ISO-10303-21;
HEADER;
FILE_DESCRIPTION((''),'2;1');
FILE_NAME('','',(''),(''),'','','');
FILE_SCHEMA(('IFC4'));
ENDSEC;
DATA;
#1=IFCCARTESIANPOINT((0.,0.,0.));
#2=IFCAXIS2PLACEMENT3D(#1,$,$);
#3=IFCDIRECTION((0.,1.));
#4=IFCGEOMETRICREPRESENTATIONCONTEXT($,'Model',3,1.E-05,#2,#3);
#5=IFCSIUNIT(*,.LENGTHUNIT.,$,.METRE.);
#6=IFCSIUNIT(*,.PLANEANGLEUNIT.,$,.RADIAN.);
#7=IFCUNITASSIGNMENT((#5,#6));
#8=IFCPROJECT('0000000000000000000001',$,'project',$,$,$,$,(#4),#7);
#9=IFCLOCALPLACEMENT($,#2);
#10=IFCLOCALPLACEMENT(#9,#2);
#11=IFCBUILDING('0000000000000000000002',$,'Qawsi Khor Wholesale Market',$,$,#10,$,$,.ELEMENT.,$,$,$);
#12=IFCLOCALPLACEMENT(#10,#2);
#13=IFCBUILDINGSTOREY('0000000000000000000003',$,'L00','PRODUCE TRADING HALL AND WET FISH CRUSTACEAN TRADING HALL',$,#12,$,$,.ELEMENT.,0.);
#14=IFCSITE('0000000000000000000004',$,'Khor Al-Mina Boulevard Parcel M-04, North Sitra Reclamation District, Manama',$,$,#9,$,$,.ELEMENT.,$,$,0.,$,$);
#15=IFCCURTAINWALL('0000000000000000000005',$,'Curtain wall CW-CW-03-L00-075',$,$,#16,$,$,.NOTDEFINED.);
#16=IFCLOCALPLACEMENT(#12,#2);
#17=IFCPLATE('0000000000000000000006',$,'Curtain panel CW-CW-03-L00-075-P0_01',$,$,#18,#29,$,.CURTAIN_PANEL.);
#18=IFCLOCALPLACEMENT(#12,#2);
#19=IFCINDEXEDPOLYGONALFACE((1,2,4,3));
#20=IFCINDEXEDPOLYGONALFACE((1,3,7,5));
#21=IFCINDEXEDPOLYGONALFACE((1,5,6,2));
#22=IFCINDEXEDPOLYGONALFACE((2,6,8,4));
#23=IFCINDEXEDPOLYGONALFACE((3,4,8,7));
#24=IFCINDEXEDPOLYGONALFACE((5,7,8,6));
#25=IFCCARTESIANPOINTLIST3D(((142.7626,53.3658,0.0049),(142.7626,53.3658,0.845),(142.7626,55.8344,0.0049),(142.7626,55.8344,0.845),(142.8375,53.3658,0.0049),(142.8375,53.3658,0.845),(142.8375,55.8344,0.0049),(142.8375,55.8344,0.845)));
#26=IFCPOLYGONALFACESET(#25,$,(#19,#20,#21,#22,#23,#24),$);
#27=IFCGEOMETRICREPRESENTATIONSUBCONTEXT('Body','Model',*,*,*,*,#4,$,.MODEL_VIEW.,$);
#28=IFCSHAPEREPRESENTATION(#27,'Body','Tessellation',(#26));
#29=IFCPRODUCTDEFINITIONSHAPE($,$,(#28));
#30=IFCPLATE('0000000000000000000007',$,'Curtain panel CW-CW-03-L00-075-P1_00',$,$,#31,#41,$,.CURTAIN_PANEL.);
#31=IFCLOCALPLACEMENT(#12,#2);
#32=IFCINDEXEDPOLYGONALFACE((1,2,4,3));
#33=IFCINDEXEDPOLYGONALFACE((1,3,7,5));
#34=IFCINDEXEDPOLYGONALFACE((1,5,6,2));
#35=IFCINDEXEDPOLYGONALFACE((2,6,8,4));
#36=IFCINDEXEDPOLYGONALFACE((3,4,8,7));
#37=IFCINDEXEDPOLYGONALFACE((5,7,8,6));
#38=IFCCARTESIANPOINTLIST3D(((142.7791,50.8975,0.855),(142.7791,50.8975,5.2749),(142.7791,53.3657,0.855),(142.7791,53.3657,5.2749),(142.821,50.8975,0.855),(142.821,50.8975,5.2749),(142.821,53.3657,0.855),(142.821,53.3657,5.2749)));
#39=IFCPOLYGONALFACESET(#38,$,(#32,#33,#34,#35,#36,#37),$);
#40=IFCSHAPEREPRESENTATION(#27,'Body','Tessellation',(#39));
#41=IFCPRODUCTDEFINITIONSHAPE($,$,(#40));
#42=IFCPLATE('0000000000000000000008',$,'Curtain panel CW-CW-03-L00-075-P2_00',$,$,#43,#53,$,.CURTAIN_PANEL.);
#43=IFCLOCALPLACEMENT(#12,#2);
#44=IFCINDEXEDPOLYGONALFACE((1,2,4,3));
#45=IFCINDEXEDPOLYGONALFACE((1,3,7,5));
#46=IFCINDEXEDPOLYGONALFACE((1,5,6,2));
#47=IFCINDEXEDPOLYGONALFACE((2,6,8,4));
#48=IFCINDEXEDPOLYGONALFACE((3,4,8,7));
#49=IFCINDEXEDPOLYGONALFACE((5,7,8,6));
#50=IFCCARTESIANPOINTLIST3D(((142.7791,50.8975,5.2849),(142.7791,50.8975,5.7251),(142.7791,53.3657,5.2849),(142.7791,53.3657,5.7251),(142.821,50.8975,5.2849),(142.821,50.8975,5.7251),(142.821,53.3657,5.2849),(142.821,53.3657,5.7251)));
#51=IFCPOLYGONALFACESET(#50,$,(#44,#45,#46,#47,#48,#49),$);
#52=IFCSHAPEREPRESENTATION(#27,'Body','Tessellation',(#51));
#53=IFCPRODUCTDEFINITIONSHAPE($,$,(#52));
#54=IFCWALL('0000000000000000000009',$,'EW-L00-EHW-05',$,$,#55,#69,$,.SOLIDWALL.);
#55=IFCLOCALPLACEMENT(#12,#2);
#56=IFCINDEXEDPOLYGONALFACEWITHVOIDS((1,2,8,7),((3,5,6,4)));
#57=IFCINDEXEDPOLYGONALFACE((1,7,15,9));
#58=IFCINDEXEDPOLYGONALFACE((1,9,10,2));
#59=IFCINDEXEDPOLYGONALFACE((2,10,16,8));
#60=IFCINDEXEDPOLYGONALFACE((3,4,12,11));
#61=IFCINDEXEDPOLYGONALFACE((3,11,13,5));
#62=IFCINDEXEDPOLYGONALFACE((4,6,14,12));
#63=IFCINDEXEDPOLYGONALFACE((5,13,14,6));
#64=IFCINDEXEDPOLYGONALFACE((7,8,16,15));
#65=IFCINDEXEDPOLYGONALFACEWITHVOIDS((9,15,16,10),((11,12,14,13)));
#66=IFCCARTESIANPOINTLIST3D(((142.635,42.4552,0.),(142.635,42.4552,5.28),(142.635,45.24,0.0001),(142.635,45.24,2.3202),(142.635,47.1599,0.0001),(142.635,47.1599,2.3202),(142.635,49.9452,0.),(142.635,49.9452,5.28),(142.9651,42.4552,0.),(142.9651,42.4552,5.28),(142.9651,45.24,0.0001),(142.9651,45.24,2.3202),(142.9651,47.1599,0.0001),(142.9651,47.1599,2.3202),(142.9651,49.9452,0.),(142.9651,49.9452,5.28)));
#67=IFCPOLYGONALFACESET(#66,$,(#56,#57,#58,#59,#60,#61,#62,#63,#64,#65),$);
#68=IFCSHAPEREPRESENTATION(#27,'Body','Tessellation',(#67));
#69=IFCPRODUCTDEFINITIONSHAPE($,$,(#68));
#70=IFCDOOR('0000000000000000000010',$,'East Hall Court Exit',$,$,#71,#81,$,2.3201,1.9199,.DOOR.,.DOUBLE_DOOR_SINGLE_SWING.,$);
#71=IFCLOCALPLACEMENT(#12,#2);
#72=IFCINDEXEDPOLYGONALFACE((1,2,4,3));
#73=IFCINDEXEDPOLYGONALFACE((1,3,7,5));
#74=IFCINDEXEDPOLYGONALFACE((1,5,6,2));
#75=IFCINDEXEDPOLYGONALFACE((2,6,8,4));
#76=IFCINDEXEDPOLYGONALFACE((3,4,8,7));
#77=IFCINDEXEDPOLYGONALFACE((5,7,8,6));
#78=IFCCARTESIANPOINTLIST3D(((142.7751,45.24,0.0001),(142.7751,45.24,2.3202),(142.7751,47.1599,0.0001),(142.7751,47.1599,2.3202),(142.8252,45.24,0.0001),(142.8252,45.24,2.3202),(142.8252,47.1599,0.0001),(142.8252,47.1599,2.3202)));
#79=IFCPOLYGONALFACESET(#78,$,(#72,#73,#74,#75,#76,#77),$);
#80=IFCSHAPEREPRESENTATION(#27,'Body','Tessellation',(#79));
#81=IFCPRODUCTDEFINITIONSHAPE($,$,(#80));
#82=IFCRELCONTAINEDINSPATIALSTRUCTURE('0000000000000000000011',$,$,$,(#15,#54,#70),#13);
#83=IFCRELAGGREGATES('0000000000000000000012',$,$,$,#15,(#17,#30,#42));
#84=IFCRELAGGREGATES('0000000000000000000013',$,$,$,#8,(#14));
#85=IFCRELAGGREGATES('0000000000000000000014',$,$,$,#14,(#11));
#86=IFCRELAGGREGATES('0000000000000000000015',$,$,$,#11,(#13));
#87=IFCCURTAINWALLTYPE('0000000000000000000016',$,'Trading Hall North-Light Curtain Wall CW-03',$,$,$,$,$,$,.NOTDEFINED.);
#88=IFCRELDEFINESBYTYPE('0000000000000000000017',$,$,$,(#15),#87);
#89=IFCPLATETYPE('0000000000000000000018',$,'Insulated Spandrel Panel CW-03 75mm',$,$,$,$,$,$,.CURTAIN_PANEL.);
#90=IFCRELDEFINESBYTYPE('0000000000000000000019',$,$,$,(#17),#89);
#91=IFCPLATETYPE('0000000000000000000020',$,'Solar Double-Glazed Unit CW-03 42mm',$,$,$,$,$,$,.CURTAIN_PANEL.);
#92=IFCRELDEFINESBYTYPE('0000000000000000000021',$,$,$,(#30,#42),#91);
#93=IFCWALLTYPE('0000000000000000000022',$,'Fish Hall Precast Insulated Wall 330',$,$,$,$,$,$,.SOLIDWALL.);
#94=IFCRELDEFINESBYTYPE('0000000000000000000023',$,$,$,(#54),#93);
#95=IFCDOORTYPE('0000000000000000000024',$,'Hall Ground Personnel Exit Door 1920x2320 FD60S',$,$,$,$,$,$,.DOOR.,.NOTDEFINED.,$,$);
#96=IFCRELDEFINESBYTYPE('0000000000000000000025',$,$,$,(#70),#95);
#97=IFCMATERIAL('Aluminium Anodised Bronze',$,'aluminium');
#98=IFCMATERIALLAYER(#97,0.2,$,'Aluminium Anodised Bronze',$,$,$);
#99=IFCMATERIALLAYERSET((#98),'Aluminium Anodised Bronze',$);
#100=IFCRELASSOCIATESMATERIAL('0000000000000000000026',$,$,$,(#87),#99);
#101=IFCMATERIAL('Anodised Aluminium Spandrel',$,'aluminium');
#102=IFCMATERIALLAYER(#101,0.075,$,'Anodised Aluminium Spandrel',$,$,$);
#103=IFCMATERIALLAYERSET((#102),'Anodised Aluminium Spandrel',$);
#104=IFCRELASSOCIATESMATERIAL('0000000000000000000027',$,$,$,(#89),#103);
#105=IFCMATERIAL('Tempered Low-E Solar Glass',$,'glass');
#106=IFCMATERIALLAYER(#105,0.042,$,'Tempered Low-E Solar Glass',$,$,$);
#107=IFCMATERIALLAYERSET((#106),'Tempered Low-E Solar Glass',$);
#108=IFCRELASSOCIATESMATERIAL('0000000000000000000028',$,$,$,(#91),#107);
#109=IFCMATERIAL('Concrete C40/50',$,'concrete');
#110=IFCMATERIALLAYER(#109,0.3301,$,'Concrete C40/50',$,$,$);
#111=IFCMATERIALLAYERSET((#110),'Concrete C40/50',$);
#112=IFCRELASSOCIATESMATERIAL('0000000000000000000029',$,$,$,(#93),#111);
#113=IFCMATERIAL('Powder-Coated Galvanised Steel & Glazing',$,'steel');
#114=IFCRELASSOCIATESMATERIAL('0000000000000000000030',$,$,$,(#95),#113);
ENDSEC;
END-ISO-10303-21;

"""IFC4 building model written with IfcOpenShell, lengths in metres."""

from ifc_helpers import new_model, si_unit, direction, frame, frame_2d, origin, place, context, subcontext, project, spatial, rectangle, extrude, material, layer, layer_set, type_object, element, fill, aggregate, save


model = new_model("IFC4")

# Units and contexts
model_context = context("Model", 3, precision=1e-05, world=origin(), true_north=direction((0.0, 1.0)))
body_context = subcontext(model_context, "Body", "Model", "MODEL_VIEW")
ifc_project = project(units=[si_unit("LENGTHUNIT", "METRE"), si_unit("PLANEANGLEUNIT", "RADIAN")], contexts=[model_context])

# Site, building, storey
site_placement = place(None, origin())
site = spatial("IfcSite", under=ifc_project, at=site_placement, Name="Khor Al-Mina Boulevard Parcel M-04, North Sitra Reclamation District, Manama", CompositionType="ELEMENT", RefElevation=0.0)
building_placement = place(site_placement, origin())
building = spatial("IfcBuilding", under=site, at=building_placement, Name="Qawsi Khor Wholesale Market", CompositionType="ELEMENT")
storey_placement = place(building_placement, origin())
storey = spatial("IfcBuildingStorey", under=building, at=storey_placement, Name="L00", Description="PRODUCE TRADING HALL AND WET FISH CRUSTACEAN TRADING HALL", CompositionType="ELEMENT", Elevation=0.0)

# Shared definitions
ifc_material_1 = material(Name="Concrete C40/50", Category="concrete")

# Curtain wall, plates
ifc_material_2 = material(Name="Aluminium Anodised Bronze", Category="aluminium")
ifc_layer_1 = layer(ifc_material_2, 0.2, Name="Aluminium Anodised Bronze")
ifc_layer_set_1 = layer_set([ifc_layer_1], Name="Aluminium Anodised Bronze")
curtain_wall_type = type_object("IfcCurtainWallType", Name="Trading Hall North-Light Curtain Wall CW-03", PredefinedType="NOTDEFINED", material=ifc_layer_set_1)
curtain_wall_placement = place(storey_placement, origin())
curtain_wall = element("IfcCurtainWall", 1, at=curtain_wall_placement, inside=storey, type_object=curtain_wall_type, Name="Curtain wall CW-CW-03-L00-075", PredefinedType="NOTDEFINED")
ifc_material_3 = material(Name="Anodised Aluminium Spandrel", Category="aluminium")
ifc_layer_2 = layer(ifc_material_3, 0.075, Name="Anodised Aluminium Spandrel")
ifc_layer_set_2 = layer_set([ifc_layer_2], Name="Anodised Aluminium Spandrel")
plate_type_1 = type_object("IfcPlateType", Name="Insulated Spandrel Panel CW-03 75mm", PredefinedType="CURTAIN_PANEL", material=ifc_layer_set_2)
plate_1_placement = place(storey_placement, frame((142.8, 53.3657, 0.0049), z_axis=(0.0, 0.0, 1.0), x_axis=(0.0, 1.0, 0.0)))
plate_1 = element("IfcPlate", 2, at=plate_1_placement, type_object=plate_type_1, Name="Curtain panel CW-CW-03-L00-075-P0_01", PredefinedType="CURTAIN_PANEL", context=body_context, shape_type="SweptSolid", body=[
    extrude(rectangle(XDim=2.4685, YDim=0.075, at=frame_2d((1.2344, 0.0))), origin(), (0.0, 0.0, 1.0), 0.8401),
])
ifc_material_4 = material(Name="Tempered Low-E Solar Glass", Category="glass")
ifc_layer_3 = layer(ifc_material_4, 0.042, Name="Tempered Low-E Solar Glass")
ifc_layer_set_3 = layer_set([ifc_layer_3], Name="Tempered Low-E Solar Glass")
plate_type_2 = type_object("IfcPlateType", Name="Solar Double-Glazed Unit CW-03 42mm", PredefinedType="CURTAIN_PANEL", material=ifc_layer_set_3)
plate_2_placement = place(storey_placement, frame((142.8, 50.8975, 0.855), z_axis=(0.0, 0.0, 1.0), x_axis=(0.0, 1.0, 0.0)))
plate_2 = element("IfcPlate", 3, at=plate_2_placement, type_object=plate_type_2, Name="Curtain panel CW-CW-03-L00-075-P1_00", PredefinedType="CURTAIN_PANEL", context=body_context, shape_type="SweptSolid", body=[
    extrude(rectangle(XDim=2.4683, YDim=0.042, at=frame_2d((1.2341, 0.0))), origin(), (0.0, 0.0, 1.0), 4.4199),
])
plate_3_placement = place(storey_placement, frame((142.8, 50.8975, 5.2849), z_axis=(0.0, 0.0, 1.0), x_axis=(0.0, 1.0, 0.0)))
plate_3 = element("IfcPlate", 4, at=plate_3_placement, type_object=plate_type_2, Name="Curtain panel CW-CW-03-L00-075-P2_00", PredefinedType="CURTAIN_PANEL", context=body_context, shape_type="SweptSolid", body=[
    extrude(rectangle(XDim=2.4683, YDim=0.042, at=frame_2d((1.2341, 0.0))), origin(), (0.0, 0.0, 1.0), 0.4402),
])
aggregate(curtain_wall, [plate_1, plate_2, plate_3])

# Wall, opening, door
ifc_layer_4 = layer(ifc_material_1, 0.3301, Name="Concrete C40/50")
ifc_layer_set_4 = layer_set([ifc_layer_4], Name="Concrete C40/50")
wall_type = type_object("IfcWallType", Name="Fish Hall Precast Insulated Wall 330", PredefinedType="SOLIDWALL", material=ifc_layer_set_4)
wall_placement = place(storey_placement, frame((142.8, 42.4551, 0.0), z_axis=(0.0, 0.0, 1.0), x_axis=(0.0, 1.0, 0.0)))
wall = element("IfcWall", 5, at=wall_placement, inside=storey, type_object=wall_type, Name="EW-L00-EHW-05", PredefinedType="SOLIDWALL", context=body_context, shape_type="SweptSolid", body=[
    extrude(rectangle(XDim=7.49, YDim=0.3301, at=frame_2d((3.7451, 0.0))), origin(), (0.0, 0.0, 1.0), 5.28),
])
opening_placement = place(wall_placement, frame((2.7849, 0.0, 0.0)))
opening = element("IfcOpeningElement", 6, at=opening_placement, cuts=wall, PredefinedType="OPENING", context=body_context, shape_type="SweptSolid", body=[
    extrude(rectangle(XDim=1.9199, YDim=2.3201, at=frame_2d((0.96, 1.1602))), frame((0.0, 0.175, 0.0), z_axis=(0.0, -1.0, 0.0), x_axis=(1.0, 0.0, 0.0)), (0.0, 0.0, 1.0), 0.3501),
])
ifc_material_5 = material(Name="Powder-Coated Galvanised Steel & Glazing", Category="steel")
door_type = type_object("IfcDoorType", Name="Hall Ground Personnel Exit Door 1920x2320 FD60S", OperationType="NOTDEFINED", PredefinedType="DOOR", material=ifc_material_5)
door_placement = place(opening_placement, origin())
door = element("IfcDoor", 7, at=door_placement, inside=storey, type_object=door_type, Name="East Hall Court Exit", OperationType="DOUBLE_DOOR_SINGLE_SWING", OverallHeight=2.3201, OverallWidth=1.9199, PredefinedType="DOOR", context=body_context, shape_type="SweptSolid", body=[
    extrude(rectangle(XDim=1.9199, YDim=2.3201, at=frame_2d((0.96, 1.1602))), frame((0.0, 0.0249, 0.0), z_axis=(0.0, -1.0, 0.0), x_axis=(1.0, 0.0, 0.0)), (0.0, 0.0, 1.0), 0.05),
])
fill(opening, door)

save(model, "model.ifc")
